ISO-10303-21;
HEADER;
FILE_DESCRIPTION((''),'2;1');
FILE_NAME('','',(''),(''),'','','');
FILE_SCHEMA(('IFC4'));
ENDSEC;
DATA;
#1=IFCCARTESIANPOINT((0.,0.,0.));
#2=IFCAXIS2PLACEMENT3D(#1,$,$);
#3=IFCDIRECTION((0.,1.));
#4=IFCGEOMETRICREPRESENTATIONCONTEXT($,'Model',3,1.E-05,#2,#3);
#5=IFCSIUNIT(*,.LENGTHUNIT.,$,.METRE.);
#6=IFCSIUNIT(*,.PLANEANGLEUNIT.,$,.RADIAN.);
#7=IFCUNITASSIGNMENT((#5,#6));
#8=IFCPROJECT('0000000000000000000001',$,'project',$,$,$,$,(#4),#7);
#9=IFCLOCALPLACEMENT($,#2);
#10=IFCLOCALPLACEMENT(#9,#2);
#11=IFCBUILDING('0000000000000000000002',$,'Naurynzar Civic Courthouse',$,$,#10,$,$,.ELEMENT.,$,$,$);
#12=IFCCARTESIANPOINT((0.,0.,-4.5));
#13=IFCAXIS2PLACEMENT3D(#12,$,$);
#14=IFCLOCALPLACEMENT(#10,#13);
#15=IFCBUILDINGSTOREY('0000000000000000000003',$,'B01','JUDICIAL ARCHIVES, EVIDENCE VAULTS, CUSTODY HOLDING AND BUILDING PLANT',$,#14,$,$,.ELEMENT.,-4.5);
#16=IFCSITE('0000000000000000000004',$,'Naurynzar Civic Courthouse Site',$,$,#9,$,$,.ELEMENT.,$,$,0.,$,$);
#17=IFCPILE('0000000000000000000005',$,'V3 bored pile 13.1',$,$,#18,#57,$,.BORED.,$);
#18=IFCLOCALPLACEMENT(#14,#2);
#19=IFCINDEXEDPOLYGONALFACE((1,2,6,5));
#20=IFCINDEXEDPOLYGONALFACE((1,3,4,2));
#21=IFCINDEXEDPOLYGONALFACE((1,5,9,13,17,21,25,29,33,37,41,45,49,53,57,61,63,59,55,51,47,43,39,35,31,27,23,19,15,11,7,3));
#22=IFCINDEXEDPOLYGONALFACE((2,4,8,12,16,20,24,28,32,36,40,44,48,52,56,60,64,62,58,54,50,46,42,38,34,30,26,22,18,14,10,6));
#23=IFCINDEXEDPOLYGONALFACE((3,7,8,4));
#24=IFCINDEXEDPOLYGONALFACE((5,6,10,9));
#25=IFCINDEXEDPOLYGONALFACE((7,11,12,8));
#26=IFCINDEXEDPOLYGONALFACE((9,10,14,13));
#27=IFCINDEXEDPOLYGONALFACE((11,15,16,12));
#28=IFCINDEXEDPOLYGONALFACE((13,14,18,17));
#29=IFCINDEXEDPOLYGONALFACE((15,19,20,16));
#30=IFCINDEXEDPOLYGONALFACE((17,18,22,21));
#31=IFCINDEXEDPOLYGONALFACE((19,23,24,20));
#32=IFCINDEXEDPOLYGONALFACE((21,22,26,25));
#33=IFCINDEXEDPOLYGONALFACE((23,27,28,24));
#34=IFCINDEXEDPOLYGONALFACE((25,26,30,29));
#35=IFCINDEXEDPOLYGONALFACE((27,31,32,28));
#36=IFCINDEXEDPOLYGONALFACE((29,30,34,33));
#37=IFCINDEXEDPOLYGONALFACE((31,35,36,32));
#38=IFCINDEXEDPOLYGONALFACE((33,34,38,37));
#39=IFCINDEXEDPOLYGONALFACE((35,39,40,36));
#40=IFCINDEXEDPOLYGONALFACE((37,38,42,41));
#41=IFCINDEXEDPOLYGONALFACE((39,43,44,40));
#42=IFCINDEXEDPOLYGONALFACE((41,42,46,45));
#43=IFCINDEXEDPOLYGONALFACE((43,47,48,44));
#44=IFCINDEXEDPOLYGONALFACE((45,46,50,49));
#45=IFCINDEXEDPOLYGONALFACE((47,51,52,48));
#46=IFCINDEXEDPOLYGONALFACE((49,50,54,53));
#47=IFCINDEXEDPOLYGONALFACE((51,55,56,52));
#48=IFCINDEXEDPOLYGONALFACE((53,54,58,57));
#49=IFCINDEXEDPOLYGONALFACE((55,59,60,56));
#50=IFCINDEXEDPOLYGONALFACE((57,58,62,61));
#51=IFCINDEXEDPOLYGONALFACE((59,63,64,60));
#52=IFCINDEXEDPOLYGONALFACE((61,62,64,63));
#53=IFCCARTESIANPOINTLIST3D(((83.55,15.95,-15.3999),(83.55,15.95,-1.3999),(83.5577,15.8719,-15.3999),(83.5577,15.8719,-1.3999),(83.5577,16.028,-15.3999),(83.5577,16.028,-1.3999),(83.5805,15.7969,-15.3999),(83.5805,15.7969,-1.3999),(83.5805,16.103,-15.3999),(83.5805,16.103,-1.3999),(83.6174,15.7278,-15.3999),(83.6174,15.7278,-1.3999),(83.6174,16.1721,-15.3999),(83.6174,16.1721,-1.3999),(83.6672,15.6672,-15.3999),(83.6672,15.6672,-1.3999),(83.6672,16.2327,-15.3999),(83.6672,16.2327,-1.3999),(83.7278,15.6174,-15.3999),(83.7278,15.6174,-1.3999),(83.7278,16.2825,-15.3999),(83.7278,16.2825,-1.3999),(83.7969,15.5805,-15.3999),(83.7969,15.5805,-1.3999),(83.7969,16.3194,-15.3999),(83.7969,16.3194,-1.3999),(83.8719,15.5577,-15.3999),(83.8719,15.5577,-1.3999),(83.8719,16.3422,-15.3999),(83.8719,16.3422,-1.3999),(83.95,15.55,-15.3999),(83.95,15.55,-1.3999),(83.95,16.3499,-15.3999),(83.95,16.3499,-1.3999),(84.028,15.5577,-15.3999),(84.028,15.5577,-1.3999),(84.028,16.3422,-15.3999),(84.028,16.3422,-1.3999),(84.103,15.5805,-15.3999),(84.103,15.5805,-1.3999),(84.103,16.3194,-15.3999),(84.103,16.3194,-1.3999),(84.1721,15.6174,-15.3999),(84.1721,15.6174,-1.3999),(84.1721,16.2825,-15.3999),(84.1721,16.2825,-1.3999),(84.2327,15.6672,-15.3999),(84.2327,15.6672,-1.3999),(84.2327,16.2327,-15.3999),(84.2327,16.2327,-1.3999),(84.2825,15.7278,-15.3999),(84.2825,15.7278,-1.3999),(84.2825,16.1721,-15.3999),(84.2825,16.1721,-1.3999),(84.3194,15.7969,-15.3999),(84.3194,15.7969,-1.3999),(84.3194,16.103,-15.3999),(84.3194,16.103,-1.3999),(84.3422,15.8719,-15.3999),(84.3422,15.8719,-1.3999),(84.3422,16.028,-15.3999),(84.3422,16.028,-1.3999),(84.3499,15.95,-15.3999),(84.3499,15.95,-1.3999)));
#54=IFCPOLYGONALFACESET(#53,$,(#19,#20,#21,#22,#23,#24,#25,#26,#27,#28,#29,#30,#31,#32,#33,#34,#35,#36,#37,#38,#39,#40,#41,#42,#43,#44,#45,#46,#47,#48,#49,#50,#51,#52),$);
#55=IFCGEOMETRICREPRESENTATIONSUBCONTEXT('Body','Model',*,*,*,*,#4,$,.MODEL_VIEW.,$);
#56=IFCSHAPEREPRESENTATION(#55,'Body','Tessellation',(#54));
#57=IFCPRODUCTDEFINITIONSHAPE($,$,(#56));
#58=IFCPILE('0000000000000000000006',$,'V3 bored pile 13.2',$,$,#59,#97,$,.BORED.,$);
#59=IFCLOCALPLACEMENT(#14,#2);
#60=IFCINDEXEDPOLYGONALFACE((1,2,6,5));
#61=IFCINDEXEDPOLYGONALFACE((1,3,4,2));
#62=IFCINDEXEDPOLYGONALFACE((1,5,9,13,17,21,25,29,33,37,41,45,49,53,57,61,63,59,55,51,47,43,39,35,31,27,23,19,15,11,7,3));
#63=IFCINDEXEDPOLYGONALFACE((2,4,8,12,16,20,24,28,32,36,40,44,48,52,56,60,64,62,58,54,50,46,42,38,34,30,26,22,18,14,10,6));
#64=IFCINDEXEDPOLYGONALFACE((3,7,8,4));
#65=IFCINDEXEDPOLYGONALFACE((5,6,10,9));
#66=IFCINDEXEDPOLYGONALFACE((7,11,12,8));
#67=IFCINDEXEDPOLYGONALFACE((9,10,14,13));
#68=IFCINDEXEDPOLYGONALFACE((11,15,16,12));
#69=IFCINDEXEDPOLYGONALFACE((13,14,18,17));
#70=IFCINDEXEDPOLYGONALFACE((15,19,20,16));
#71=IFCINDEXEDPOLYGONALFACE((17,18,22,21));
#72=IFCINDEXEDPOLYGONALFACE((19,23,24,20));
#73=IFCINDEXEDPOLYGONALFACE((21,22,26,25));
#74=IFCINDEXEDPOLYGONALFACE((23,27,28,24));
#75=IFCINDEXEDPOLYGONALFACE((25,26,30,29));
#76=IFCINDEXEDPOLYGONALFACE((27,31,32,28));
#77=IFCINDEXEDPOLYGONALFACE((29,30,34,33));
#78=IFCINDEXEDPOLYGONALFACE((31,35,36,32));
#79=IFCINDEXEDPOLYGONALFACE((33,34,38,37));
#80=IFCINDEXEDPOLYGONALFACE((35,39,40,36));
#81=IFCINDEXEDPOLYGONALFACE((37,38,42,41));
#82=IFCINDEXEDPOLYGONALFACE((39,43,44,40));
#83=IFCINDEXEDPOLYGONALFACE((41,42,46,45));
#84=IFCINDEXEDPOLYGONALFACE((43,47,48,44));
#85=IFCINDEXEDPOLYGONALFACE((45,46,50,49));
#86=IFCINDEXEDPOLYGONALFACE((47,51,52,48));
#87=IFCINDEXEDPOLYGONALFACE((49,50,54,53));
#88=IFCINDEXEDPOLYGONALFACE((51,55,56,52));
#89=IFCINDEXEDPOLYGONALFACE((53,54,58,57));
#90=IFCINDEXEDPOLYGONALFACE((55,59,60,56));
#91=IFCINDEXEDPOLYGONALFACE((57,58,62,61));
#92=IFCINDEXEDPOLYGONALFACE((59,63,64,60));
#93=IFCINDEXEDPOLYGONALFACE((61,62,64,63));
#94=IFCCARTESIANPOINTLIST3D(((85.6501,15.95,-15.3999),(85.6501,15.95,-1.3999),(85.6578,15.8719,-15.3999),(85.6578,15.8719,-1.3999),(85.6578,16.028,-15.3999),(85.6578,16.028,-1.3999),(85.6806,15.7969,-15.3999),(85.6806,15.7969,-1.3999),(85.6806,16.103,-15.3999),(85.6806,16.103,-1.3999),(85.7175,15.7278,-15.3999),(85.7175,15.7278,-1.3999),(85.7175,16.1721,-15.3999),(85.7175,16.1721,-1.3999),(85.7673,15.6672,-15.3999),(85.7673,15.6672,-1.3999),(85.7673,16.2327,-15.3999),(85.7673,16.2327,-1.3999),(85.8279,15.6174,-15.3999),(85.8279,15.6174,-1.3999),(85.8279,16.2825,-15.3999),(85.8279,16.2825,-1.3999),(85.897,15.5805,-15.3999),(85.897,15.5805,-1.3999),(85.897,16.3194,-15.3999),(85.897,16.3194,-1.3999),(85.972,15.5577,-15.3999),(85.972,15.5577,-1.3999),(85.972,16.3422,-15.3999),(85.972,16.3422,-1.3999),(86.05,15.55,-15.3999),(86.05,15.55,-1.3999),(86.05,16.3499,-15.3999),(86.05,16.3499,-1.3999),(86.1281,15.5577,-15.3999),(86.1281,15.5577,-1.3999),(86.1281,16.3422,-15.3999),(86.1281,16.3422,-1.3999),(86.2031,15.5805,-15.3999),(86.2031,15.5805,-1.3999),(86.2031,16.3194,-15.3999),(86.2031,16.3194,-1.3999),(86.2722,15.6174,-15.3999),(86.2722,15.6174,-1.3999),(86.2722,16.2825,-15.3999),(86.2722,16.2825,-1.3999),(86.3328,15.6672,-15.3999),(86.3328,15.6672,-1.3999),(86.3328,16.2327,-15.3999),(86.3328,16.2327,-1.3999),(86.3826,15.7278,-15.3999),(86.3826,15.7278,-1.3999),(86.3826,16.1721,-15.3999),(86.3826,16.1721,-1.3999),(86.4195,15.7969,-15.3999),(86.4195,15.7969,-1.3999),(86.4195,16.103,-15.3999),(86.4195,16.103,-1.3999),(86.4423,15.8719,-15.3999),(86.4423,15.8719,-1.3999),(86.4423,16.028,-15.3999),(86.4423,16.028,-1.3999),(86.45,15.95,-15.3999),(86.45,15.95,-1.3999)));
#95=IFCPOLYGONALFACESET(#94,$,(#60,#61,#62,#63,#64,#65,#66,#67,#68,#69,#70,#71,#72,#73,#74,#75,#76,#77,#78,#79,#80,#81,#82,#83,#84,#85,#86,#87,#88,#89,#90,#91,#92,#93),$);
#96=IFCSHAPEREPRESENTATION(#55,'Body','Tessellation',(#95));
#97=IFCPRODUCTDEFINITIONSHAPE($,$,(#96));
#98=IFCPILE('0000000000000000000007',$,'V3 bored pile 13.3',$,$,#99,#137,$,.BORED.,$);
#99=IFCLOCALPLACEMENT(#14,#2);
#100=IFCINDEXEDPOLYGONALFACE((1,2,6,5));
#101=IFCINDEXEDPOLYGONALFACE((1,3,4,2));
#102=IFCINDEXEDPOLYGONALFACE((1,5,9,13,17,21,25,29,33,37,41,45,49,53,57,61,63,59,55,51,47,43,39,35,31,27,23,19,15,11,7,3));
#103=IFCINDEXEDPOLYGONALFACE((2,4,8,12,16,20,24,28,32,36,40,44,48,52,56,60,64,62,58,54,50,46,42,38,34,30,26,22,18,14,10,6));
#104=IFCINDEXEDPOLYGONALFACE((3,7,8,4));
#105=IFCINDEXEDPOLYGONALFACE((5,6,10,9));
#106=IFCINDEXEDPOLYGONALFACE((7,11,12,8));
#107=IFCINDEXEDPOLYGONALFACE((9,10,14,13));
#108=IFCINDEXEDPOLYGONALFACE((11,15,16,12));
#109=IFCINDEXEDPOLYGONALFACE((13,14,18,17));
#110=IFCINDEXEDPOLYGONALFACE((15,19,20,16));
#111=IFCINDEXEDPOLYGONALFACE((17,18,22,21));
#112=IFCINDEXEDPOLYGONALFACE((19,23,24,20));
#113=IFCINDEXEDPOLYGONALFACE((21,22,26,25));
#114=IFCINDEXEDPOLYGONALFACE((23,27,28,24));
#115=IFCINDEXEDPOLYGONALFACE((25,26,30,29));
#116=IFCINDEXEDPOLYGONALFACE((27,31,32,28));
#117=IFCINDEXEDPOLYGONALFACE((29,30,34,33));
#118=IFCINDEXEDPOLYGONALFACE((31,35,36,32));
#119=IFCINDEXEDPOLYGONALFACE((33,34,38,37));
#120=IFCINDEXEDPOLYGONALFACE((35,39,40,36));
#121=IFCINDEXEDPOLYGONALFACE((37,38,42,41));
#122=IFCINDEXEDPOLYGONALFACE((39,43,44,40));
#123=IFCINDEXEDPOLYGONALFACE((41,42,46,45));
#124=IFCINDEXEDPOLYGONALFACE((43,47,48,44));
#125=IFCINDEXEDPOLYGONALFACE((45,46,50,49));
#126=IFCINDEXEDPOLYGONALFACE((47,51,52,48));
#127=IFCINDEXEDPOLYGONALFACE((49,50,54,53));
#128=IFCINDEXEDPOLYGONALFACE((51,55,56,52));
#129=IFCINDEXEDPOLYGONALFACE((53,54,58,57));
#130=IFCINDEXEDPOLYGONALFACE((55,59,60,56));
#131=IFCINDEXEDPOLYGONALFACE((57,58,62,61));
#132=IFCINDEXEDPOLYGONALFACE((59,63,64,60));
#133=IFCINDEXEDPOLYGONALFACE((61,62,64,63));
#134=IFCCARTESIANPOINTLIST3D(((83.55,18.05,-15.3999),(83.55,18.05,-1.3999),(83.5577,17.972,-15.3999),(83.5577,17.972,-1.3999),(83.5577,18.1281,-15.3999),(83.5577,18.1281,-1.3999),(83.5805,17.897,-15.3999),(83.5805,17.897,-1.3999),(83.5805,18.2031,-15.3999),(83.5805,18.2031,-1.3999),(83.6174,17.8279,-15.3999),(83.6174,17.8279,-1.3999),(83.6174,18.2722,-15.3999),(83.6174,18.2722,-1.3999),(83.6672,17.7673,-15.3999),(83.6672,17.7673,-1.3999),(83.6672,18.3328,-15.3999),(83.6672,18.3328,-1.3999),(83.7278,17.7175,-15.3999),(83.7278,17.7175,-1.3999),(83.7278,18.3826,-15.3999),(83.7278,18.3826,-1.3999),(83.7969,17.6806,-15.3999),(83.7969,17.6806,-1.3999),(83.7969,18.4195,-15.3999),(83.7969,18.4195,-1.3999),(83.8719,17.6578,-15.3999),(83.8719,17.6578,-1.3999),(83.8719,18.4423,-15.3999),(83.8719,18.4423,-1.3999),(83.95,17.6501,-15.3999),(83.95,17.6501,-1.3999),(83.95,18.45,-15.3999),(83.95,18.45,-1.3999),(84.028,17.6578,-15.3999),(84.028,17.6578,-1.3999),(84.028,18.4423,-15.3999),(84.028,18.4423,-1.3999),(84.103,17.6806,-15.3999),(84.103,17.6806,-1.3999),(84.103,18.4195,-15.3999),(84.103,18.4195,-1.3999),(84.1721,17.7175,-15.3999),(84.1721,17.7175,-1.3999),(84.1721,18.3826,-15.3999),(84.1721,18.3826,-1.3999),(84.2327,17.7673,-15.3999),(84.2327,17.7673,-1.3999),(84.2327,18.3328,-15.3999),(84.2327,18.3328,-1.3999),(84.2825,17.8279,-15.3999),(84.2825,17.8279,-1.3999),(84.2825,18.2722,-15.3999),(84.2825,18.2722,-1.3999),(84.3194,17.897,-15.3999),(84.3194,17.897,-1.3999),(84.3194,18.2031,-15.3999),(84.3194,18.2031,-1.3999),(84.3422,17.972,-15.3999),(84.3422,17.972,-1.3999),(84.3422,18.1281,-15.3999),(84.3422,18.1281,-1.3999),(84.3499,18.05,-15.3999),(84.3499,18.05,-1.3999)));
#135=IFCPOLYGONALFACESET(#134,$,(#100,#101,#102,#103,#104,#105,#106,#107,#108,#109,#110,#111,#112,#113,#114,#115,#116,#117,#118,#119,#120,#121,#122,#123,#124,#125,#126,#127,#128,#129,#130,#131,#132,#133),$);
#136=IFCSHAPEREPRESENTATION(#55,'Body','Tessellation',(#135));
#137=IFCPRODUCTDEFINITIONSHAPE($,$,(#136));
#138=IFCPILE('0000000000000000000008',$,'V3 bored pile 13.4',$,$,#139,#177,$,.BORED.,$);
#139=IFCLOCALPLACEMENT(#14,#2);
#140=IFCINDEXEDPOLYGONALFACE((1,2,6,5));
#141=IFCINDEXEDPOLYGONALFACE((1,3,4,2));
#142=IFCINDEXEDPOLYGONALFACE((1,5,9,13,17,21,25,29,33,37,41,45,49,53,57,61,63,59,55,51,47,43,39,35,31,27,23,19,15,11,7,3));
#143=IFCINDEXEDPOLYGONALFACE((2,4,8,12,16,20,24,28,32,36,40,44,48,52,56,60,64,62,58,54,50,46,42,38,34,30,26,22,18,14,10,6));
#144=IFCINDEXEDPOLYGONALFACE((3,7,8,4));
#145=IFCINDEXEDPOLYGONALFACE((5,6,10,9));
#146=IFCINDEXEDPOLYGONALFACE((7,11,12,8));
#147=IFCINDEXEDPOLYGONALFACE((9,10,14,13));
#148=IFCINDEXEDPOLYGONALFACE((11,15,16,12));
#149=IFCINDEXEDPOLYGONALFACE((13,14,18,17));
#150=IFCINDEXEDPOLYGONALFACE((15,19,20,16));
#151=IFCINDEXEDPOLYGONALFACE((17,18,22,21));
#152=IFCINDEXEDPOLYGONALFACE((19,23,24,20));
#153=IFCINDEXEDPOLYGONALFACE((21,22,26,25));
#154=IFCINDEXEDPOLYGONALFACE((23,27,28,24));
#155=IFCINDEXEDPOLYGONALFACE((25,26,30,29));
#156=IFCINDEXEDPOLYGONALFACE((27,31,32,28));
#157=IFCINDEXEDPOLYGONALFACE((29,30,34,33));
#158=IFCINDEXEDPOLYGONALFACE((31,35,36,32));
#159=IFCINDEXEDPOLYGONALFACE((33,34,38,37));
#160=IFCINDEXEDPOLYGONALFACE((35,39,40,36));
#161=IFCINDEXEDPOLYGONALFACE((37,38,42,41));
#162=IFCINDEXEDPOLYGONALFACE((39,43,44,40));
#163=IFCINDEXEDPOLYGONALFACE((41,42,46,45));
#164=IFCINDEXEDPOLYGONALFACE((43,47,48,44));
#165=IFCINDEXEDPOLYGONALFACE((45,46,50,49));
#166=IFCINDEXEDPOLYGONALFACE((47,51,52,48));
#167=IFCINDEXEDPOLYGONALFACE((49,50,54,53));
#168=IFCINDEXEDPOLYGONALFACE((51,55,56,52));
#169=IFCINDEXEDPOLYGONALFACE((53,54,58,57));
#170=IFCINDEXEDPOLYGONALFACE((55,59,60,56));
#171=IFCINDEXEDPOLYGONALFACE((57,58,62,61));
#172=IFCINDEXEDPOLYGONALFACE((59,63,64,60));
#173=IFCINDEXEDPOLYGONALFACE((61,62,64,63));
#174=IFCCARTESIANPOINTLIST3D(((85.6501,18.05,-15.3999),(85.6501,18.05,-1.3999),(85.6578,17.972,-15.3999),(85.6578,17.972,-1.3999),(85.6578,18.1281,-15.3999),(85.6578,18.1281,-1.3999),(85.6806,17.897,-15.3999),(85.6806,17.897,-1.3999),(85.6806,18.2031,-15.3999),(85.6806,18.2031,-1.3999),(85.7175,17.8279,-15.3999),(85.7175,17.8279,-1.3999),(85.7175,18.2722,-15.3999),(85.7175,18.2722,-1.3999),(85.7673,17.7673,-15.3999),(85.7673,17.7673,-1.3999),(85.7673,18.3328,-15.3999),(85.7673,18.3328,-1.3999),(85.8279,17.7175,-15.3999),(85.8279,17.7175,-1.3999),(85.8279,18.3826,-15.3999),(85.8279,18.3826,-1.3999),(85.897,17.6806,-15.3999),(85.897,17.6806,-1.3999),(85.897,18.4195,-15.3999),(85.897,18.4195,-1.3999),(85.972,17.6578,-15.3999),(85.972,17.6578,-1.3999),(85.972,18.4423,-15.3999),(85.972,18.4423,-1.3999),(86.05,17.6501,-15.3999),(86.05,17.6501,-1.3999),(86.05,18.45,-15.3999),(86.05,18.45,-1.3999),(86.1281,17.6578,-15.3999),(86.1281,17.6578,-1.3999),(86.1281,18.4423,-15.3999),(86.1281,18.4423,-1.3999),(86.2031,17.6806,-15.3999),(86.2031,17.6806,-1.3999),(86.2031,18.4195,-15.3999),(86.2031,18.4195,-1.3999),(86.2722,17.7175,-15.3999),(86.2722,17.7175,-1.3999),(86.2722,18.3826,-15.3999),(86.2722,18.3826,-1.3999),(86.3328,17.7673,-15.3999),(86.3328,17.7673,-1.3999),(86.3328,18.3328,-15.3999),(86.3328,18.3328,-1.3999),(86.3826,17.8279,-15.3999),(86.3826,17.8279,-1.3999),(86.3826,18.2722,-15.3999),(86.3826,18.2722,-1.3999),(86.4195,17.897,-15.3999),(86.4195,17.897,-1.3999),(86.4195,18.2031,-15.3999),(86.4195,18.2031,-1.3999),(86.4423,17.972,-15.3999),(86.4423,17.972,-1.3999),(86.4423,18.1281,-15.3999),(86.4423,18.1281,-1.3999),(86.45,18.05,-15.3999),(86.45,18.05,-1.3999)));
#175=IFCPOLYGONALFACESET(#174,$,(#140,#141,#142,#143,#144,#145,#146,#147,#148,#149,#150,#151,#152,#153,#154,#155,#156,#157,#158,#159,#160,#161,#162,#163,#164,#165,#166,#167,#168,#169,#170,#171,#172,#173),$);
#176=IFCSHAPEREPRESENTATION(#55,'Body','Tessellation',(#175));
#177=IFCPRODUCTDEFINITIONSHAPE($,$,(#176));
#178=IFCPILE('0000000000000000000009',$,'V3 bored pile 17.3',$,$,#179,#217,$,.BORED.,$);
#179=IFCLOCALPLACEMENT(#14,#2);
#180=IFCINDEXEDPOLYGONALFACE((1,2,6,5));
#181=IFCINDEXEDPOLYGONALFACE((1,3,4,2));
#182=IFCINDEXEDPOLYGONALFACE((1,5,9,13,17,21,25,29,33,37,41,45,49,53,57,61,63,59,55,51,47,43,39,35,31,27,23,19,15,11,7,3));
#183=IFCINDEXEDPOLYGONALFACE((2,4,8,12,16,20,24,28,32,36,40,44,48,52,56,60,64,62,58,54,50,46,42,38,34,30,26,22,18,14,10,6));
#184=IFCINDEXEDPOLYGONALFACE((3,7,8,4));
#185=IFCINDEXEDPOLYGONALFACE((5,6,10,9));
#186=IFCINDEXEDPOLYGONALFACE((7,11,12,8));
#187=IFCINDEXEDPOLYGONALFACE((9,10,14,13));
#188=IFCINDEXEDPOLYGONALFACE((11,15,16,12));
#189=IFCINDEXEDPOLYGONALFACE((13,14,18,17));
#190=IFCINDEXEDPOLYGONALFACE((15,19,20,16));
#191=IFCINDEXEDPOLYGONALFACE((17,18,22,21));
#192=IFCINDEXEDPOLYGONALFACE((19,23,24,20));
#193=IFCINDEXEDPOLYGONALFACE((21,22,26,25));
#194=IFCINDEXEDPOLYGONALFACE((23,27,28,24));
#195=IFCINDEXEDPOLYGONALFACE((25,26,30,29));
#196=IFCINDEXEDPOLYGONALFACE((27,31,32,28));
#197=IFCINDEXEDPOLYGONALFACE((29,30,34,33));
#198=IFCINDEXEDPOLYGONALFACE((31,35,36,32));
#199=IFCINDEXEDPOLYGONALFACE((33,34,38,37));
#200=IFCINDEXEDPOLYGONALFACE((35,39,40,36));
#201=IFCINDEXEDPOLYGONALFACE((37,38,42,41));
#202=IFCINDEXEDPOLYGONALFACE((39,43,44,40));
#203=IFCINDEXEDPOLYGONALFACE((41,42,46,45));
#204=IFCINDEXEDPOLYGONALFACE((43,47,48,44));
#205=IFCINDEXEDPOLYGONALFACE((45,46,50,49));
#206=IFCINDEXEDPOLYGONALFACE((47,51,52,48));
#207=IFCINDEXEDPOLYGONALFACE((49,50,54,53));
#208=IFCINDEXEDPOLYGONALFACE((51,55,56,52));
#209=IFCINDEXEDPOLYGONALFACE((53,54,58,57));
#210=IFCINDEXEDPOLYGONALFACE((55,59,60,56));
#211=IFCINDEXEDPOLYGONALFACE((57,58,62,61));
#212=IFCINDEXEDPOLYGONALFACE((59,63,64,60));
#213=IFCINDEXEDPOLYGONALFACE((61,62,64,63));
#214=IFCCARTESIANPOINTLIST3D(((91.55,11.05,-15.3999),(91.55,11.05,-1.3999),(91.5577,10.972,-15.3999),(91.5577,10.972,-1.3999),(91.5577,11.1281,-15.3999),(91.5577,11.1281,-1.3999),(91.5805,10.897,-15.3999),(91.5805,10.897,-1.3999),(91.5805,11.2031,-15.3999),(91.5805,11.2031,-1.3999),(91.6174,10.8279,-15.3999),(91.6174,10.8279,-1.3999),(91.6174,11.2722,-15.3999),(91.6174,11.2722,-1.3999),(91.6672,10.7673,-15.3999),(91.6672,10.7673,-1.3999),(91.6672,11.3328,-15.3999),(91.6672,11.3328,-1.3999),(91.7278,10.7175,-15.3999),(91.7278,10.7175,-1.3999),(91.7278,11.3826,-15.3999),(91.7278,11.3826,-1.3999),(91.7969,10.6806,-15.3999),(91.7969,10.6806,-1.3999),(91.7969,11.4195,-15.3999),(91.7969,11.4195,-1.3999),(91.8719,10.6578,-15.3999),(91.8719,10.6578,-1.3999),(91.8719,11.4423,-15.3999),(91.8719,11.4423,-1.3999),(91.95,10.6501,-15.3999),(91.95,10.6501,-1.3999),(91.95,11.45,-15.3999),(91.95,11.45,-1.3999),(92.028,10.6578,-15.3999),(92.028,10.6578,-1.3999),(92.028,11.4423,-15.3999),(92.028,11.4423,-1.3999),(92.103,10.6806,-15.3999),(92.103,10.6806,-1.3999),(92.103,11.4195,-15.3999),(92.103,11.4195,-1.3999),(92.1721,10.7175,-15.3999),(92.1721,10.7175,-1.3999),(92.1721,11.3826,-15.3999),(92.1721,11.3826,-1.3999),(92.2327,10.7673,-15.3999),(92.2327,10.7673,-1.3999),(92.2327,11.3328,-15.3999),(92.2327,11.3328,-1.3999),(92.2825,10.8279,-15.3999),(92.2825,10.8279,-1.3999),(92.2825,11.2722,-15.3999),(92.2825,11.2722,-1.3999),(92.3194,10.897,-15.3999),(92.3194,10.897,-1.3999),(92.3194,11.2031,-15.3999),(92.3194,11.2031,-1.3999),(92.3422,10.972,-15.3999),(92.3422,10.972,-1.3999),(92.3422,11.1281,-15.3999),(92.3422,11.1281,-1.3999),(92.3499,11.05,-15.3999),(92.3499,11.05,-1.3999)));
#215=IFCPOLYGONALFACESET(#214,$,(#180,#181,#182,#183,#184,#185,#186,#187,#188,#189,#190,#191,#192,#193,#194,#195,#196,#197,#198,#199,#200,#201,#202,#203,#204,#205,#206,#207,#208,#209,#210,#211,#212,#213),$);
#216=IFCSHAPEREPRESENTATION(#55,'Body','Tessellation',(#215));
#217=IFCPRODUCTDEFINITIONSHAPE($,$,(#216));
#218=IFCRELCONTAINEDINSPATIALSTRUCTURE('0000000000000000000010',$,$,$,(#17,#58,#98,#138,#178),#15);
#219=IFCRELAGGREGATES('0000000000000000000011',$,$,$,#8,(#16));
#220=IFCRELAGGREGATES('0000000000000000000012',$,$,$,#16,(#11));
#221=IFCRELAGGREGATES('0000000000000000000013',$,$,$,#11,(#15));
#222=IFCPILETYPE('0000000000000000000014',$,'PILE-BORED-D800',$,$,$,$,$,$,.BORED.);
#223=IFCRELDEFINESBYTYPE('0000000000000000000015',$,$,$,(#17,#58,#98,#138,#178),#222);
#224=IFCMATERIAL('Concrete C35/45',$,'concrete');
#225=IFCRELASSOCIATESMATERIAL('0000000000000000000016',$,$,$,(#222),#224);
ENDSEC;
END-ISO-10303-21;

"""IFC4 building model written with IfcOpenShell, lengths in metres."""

from ifc_helpers import new_model, si_unit, direction, frame, origin, origin_2d, place, context, subcontext, project, spatial, circle, extrude, material, material_profile, profile_set, type_object, element, save


model = new_model("IFC4")

# Units and contexts
model_context = context("Model", 3, precision=1e-05, world=origin(), true_north=direction((0.0, 1.0)))
body_context = subcontext(model_context, "Body", "Model", "MODEL_VIEW")
ifc_project = project(units=[si_unit("LENGTHUNIT", "METRE"), si_unit("PLANEANGLEUNIT", "RADIAN")], contexts=[model_context])

# Site, building, storey
site_placement = place(None, origin())
site = spatial("IfcSite", under=ifc_project, at=site_placement, Name="Naurynzar Civic Courthouse Site", CompositionType="ELEMENT", RefElevation=0.0)
building_placement = place(site_placement, origin())
building = spatial("IfcBuilding", under=site, at=building_placement, Name="Naurynzar Civic Courthouse", CompositionType="ELEMENT")
storey_placement = place(building_placement, frame((0.0, 0.0, -4.5)))
storey = spatial("IfcBuildingStorey", under=building, at=storey_placement, Name="B01", Description="JUDICIAL ARCHIVES, EVIDENCE VAULTS, CUSTODY HOLDING AND BUILDING PLANT", CompositionType="ELEMENT", Elevation=-4.5)

# Piles
ifc_material_1 = material(Name="Concrete C35/45", Category="concrete")
ifc_material_profile_1 = material_profile(ifc_material_1, circle(Radius=0.3999, at=origin_2d()), Name="PILE D800")
ifc_profile_set_1 = profile_set([ifc_material_profile_1], Name="Concrete C35/45")
pile_type = type_object("IfcPileType", Name="PILE-BORED-D800", PredefinedType="BORED", material=ifc_profile_set_1)
for number, where, z_axis, x_axis, name in (
    (1, (83.95, 15.95, -1.3999), (0.0, 0.0, -1.0), (1.0, 0.0, 0.0), "V3 bored pile 13.1"),
    (2, (86.05, 15.95, -1.3999), (0.0, 0.0, -1.0), (1.0, 0.0, 0.0), "V3 bored pile 13.2"),
    (3, (83.95, 18.05, -1.3999), (0.0, 0.0, -1.0), (1.0, 0.0, 0.0), "V3 bored pile 13.3"),
    (4, (86.05, 18.05, -1.3999), (0.0, 0.0, -1.0), (1.0, 0.0, 0.0), "V3 bored pile 13.4"),
    (5, (91.95, 11.05, -1.3999), (0.0, 0.0, -1.0), (1.0, 0.0, 0.0), "V3 bored pile 17.3"),
):
    element("IfcPile", number, at=place(storey_placement, frame(where, z_axis=z_axis, x_axis=x_axis)), inside=storey, type_object=pile_type, Name=name, PredefinedType="BORED", context=body_context, shape_type="SweptSolid", body=[
        extrude(circle(Radius=0.3999, at=origin_2d()), origin(), (0.0, 0.0, 1.0), 14.0),
    ])

save(model, "model.ifc")
